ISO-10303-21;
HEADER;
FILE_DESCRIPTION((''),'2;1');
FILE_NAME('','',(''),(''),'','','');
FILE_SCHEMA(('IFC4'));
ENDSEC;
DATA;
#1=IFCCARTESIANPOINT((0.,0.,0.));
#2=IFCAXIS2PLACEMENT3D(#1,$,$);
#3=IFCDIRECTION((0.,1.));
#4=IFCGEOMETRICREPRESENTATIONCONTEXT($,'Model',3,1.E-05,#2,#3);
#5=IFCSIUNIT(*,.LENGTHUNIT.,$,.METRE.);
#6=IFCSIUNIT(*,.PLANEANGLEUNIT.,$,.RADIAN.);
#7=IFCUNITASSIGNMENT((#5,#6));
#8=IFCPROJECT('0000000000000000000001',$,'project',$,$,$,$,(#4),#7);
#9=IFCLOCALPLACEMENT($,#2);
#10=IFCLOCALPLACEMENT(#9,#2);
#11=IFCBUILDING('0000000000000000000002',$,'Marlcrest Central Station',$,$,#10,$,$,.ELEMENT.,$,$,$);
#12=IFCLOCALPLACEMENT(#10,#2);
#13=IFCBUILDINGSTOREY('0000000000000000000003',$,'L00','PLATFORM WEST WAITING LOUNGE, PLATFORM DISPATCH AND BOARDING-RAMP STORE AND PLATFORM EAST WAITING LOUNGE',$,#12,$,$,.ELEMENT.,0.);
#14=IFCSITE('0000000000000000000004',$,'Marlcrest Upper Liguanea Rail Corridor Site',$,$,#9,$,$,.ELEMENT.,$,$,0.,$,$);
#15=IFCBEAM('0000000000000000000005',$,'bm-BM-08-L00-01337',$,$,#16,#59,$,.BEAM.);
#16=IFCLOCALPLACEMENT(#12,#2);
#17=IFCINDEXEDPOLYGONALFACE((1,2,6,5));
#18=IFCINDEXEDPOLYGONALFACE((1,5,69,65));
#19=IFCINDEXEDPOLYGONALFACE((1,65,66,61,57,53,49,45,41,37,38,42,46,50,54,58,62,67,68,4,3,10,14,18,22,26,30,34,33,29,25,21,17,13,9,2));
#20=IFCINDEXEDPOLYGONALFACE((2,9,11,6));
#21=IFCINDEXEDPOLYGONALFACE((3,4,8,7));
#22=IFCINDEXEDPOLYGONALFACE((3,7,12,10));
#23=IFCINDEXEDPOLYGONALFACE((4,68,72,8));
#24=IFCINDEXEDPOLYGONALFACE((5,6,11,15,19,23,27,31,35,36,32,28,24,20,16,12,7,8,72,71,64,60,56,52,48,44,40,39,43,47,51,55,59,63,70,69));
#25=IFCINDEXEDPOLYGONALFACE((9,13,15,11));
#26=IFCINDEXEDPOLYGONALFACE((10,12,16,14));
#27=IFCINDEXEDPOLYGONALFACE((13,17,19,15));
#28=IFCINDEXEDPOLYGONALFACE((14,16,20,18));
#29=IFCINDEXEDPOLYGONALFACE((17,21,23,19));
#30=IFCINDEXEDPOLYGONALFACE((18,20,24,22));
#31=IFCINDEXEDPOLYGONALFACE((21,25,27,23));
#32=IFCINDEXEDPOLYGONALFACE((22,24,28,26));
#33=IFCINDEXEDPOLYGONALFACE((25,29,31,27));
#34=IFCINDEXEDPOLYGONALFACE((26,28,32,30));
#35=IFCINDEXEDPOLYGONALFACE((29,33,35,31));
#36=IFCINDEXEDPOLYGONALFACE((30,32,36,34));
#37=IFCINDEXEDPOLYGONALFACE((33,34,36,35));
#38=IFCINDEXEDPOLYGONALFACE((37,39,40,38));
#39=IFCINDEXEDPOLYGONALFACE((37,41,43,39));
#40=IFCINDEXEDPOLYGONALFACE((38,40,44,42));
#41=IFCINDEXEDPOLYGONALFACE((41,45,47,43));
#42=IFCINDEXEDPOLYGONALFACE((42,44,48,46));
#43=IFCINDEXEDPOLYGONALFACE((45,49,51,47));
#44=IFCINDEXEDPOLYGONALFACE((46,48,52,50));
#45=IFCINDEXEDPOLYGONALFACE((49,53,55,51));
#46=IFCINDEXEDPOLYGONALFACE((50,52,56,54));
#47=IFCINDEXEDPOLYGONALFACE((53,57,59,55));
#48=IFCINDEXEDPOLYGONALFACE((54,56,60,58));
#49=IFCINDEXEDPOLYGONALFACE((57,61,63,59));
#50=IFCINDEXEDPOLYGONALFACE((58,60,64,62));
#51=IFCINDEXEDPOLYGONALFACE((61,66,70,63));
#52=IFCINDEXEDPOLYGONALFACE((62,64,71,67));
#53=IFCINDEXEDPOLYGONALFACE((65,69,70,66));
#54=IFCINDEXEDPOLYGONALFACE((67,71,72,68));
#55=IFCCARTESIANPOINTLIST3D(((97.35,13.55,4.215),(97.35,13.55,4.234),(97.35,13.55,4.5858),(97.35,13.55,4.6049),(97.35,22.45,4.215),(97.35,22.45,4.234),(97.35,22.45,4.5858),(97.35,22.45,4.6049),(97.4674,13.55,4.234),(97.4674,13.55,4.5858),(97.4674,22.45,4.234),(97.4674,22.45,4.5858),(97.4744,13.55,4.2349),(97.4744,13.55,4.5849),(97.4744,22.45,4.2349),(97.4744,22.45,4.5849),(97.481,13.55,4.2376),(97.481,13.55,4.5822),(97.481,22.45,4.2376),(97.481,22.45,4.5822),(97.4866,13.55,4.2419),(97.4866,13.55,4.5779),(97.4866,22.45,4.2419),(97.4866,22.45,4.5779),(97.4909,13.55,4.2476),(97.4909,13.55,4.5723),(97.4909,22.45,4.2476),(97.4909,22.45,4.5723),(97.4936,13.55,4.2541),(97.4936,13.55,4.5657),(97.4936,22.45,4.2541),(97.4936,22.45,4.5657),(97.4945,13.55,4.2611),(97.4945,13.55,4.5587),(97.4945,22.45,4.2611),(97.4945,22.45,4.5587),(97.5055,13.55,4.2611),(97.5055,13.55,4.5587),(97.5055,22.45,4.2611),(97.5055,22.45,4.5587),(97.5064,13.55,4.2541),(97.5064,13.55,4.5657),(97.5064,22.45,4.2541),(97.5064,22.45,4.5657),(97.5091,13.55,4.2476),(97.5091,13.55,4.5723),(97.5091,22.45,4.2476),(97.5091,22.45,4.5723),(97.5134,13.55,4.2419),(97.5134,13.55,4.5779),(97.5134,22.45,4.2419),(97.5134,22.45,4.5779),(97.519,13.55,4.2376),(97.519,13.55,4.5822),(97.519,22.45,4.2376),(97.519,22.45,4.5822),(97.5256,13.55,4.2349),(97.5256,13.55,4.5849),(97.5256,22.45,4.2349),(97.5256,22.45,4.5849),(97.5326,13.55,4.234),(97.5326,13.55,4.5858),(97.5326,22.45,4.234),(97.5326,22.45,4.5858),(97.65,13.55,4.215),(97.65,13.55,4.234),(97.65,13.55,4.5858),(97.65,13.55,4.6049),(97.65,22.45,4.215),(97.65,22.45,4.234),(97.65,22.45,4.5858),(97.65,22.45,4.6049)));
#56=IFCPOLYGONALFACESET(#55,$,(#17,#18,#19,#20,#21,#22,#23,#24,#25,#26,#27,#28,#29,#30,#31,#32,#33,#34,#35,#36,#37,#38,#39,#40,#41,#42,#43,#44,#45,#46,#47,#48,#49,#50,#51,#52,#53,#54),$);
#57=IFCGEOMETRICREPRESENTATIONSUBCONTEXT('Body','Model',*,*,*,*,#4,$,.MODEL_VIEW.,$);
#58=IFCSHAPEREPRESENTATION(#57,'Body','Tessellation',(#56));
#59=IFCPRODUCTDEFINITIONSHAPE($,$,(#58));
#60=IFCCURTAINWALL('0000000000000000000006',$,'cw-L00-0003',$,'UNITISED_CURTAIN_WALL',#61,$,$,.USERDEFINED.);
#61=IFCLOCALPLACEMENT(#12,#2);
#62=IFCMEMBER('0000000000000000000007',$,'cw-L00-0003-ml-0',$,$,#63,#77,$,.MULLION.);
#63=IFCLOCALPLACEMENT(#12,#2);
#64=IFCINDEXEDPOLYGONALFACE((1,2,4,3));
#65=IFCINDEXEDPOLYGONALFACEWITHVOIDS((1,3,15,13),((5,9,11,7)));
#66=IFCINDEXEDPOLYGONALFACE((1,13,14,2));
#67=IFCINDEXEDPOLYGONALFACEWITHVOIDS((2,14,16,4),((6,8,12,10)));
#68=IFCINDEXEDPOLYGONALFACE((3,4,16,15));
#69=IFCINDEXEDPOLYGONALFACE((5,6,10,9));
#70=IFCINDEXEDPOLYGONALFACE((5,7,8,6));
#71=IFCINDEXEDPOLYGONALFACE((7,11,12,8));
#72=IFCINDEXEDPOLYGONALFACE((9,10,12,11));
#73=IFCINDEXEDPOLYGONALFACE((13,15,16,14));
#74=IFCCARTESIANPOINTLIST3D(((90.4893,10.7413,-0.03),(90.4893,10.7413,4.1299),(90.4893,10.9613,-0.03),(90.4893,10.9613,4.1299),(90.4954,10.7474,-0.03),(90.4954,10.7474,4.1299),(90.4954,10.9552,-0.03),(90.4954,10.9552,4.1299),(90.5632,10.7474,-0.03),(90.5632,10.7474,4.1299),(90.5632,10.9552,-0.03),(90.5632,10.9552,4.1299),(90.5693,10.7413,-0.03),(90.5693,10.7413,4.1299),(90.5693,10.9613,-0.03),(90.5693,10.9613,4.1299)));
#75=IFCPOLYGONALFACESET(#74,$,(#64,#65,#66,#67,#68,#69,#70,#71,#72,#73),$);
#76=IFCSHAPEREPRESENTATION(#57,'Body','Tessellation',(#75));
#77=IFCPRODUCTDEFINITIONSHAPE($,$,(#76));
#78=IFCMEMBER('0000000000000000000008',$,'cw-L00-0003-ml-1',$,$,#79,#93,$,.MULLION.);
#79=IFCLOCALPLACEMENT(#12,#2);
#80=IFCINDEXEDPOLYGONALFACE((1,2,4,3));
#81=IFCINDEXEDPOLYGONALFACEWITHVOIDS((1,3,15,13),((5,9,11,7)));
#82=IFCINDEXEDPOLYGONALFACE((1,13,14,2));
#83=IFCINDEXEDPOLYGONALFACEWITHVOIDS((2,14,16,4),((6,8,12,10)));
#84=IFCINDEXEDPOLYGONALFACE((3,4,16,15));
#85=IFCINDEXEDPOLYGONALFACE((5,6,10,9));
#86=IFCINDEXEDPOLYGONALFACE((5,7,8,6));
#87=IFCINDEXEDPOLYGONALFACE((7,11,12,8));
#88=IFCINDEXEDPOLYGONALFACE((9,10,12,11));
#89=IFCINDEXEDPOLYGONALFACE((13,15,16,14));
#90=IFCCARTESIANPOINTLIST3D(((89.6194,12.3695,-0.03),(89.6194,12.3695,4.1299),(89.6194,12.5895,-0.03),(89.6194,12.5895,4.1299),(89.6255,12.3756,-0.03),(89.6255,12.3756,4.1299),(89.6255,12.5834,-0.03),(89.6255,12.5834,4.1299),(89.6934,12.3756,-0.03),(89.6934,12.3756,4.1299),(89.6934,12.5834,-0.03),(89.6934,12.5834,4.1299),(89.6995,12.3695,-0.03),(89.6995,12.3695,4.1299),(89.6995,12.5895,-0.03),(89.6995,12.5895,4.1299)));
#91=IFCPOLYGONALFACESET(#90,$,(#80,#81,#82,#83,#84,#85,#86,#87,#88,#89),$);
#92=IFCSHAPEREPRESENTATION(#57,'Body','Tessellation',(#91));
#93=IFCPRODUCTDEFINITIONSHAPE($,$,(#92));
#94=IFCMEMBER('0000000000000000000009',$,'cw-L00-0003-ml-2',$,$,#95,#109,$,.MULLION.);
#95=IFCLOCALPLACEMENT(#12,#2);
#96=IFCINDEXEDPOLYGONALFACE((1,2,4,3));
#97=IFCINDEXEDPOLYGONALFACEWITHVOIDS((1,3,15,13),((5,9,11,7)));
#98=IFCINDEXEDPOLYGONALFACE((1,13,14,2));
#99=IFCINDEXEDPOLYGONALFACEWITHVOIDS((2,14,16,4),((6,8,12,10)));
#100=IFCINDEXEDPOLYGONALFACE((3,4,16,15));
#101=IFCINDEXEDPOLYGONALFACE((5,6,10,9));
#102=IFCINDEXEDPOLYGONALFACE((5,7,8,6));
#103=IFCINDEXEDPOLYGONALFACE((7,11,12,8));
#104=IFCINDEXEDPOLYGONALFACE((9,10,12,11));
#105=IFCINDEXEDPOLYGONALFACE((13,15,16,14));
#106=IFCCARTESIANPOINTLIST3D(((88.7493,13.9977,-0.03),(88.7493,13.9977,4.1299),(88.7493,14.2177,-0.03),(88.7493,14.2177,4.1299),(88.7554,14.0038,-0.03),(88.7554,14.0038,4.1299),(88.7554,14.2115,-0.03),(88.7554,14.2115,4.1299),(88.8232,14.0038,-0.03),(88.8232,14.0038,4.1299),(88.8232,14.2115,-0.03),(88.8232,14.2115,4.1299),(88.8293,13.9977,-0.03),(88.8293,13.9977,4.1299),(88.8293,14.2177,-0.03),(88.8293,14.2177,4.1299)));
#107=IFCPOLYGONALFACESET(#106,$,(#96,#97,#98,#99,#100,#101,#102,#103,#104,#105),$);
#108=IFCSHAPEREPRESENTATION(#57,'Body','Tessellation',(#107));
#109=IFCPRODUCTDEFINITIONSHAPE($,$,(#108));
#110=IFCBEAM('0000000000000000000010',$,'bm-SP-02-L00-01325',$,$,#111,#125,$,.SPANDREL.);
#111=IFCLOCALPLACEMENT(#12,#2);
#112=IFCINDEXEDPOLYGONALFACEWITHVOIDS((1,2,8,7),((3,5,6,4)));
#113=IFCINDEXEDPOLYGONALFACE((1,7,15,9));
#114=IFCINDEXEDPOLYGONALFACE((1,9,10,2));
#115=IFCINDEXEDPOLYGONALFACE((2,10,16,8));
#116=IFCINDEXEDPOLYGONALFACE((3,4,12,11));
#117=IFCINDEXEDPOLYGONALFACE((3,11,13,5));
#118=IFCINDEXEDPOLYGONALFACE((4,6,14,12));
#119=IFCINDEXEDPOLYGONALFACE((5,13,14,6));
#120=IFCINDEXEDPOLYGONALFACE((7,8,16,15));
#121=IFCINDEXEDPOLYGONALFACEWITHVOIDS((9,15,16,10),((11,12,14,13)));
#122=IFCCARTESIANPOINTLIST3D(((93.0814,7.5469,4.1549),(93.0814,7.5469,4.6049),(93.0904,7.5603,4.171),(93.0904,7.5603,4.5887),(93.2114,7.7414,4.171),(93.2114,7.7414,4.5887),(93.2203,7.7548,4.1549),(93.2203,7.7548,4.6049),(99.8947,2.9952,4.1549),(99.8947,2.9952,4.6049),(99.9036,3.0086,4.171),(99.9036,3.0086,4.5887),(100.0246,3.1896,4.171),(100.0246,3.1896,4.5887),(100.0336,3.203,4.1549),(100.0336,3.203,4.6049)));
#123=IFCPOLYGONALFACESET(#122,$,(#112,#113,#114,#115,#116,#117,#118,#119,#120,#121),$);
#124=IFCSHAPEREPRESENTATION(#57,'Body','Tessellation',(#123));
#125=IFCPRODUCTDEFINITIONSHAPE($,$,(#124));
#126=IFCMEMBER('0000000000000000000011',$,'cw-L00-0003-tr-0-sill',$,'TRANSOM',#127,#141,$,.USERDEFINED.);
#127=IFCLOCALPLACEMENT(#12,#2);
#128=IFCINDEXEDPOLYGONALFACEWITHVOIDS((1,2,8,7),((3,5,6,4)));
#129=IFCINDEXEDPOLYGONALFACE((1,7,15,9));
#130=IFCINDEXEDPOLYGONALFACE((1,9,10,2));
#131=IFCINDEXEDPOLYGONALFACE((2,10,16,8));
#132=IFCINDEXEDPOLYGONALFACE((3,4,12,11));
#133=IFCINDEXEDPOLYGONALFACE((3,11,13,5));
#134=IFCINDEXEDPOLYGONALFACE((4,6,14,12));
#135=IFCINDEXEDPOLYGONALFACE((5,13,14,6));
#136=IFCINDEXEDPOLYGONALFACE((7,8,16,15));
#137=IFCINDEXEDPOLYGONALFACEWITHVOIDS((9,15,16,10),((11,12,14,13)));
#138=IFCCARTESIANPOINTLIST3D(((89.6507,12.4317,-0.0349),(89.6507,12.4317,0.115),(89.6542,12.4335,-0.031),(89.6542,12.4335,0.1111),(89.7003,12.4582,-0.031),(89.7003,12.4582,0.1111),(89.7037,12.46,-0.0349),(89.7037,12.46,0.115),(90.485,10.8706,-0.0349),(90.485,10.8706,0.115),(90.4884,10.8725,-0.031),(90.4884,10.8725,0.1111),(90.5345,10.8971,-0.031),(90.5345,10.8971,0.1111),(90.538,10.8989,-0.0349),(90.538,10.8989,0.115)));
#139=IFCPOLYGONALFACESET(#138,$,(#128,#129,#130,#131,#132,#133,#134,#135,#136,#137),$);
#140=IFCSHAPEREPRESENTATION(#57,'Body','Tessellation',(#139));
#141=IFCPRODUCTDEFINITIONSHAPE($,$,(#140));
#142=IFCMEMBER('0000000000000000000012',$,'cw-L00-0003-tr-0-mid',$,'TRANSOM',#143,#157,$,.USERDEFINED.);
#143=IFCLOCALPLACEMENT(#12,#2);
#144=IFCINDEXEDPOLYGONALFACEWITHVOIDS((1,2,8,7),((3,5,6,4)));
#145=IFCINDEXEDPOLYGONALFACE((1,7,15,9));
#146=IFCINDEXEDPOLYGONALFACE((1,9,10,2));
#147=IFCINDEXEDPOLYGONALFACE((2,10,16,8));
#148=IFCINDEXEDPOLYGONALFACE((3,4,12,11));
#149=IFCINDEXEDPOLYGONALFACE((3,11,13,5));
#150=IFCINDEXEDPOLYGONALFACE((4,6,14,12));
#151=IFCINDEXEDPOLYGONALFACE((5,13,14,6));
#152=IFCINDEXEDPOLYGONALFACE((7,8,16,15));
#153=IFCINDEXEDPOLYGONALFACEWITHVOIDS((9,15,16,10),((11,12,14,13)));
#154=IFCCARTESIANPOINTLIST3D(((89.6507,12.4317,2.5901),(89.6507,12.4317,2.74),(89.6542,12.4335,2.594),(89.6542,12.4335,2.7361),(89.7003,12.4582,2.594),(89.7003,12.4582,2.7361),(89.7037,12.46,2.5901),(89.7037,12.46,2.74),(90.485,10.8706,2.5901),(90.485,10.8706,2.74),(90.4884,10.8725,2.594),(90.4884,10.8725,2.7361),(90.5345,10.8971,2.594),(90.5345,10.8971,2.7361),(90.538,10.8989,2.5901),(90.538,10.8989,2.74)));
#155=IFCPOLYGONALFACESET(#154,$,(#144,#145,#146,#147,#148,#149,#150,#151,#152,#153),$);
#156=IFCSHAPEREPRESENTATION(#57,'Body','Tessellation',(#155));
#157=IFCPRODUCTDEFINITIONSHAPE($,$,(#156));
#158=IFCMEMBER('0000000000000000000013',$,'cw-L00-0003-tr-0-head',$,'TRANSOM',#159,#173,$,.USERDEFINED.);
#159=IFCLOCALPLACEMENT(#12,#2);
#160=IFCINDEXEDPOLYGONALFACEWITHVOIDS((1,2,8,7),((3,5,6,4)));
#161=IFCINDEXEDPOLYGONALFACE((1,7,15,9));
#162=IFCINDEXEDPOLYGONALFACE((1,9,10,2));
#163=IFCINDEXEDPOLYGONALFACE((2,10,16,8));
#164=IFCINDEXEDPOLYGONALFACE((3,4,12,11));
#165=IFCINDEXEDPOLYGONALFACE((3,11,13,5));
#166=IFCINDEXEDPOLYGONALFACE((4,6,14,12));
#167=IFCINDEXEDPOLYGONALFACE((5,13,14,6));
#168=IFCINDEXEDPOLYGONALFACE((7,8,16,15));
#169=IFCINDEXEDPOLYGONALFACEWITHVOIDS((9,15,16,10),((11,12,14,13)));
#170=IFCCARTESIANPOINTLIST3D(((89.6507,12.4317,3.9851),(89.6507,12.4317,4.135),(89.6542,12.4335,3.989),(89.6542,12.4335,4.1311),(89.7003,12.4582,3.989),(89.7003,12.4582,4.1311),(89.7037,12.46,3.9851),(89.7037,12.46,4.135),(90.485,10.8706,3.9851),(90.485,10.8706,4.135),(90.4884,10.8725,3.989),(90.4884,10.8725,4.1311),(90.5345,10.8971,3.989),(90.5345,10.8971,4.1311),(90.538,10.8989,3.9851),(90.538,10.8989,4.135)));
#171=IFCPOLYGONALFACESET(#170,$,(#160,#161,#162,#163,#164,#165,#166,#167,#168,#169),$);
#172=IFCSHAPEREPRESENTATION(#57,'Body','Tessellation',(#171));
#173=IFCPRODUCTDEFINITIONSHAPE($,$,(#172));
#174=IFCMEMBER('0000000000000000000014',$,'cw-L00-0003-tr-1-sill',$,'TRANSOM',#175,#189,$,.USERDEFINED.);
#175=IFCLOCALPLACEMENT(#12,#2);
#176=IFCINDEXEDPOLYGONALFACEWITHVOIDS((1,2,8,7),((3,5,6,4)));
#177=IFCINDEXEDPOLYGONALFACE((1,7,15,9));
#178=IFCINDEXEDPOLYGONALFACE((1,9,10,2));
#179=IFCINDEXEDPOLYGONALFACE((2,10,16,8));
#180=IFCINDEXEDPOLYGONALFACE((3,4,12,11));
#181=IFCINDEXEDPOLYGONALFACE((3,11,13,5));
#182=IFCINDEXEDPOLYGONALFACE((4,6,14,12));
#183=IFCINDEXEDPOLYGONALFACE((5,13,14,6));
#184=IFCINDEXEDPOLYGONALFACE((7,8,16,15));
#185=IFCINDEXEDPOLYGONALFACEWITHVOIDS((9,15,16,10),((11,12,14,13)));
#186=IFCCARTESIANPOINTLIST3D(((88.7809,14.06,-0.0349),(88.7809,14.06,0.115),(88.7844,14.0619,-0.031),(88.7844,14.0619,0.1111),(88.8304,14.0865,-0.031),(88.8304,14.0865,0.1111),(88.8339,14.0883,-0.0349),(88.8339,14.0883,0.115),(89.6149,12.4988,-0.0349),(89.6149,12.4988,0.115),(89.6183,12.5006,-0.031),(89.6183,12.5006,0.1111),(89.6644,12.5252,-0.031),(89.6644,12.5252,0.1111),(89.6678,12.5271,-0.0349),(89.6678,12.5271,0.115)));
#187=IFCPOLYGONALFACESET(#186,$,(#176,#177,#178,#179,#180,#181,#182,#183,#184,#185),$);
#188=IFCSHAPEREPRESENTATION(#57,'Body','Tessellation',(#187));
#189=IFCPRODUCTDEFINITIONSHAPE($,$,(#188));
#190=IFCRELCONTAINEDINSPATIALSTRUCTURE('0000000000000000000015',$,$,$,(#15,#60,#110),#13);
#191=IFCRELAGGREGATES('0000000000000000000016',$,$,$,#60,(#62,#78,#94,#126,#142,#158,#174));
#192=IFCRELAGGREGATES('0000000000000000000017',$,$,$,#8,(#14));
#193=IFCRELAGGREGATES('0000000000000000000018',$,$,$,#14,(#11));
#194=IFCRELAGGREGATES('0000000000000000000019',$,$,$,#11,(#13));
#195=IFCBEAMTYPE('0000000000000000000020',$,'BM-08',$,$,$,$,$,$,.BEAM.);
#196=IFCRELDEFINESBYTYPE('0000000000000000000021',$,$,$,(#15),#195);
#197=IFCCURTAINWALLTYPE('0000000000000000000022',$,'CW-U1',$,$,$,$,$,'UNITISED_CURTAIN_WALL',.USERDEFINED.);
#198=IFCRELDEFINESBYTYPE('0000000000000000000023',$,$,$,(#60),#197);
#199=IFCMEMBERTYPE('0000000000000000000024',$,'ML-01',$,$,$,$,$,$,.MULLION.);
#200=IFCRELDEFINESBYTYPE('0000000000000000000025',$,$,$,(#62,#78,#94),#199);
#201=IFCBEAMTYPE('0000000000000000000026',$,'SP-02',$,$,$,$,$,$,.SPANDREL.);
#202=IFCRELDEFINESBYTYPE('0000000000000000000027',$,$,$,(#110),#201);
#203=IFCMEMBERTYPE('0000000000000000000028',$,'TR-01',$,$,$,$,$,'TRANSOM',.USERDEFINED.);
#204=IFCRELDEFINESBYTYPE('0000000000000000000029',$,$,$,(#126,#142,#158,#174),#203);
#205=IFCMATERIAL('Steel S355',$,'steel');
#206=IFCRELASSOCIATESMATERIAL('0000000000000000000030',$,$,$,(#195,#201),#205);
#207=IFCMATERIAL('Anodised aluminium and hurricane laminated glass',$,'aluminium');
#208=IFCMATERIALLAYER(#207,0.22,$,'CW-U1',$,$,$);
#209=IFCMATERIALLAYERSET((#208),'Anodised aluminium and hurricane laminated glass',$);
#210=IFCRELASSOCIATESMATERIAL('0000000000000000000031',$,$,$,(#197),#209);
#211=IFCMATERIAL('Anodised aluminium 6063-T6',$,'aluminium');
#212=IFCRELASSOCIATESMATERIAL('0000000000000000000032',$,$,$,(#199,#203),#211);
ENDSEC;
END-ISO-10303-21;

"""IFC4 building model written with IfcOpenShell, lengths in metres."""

from ifc_helpers import new_model, si_unit, direction, frame, origin, origin_2d, place, context, subcontext, project, spatial, hollow_rectangle, i_section, extrude, material, layer, layer_set, material_profile, profile_set, type_object, element, aggregate, save


model = new_model("IFC4")

# Units and contexts
model_context = context("Model", 3, precision=1e-05, world=origin(), true_north=direction((0.0, 1.0)))
body_context = subcontext(model_context, "Body", "Model", "MODEL_VIEW")
ifc_project = project(units=[si_unit("LENGTHUNIT", "METRE"), si_unit("PLANEANGLEUNIT", "RADIAN")], contexts=[model_context])

# Site, building, storey
site_placement = place(None, origin())
site = spatial("IfcSite", under=ifc_project, at=site_placement, Name="Marlcrest Upper Liguanea Rail Corridor Site", CompositionType="ELEMENT", RefElevation=0.0)
building_placement = place(site_placement, origin())
building = spatial("IfcBuilding", under=site, at=building_placement, Name="Marlcrest Central Station", CompositionType="ELEMENT")
storey_placement = place(building_placement, origin())
storey = spatial("IfcBuildingStorey", under=building, at=storey_placement, Name="L00", Description="PLATFORM WEST WAITING LOUNGE, PLATFORM DISPATCH AND BOARDING-RAMP STORE AND PLATFORM EAST WAITING LOUNGE", CompositionType="ELEMENT", Elevation=0.0)

# Shared definitions
ifc_material_1 = material(Name="Steel S355", Category="steel")

# Beam
ifc_material_profile_1 = material_profile(ifc_material_1, i_section(OverallWidth=0.3, OverallDepth=0.3899, WebThickness=0.011, FlangeThickness=0.019, FilletRadius=0.0271, at=origin_2d()), Name="HEA 400")
ifc_profile_set_1 = profile_set([ifc_material_profile_1], Name="Steel S355")
beam_type_1 = type_object("IfcBeamType", Name="BM-08", PredefinedType="BEAM", material=ifc_profile_set_1)
beam_1_placement = place(storey_placement, frame((97.5, 13.55, 4.4099), z_axis=(0.0, 1.0, 0.0), x_axis=(-1.0, 0.0, 0.0)))
element("IfcBeam", 1, at=beam_1_placement, inside=storey, type_object=beam_type_1, Name="bm-BM-08-L00-01337", PredefinedType="BEAM", context=body_context, shape_type="SweptSolid", body=[
    extrude(i_section(OverallWidth=0.3, OverallDepth=0.3899, WebThickness=0.011, FlangeThickness=0.019, FilletRadius=0.0271, at=origin_2d()), origin(), (0.0, 0.0, 1.0), 8.8999),
])

# Curtain wall, members
ifc_material_2 = material(Name="Anodised aluminium and hurricane laminated glass", Category="aluminium")
ifc_layer_1 = layer(ifc_material_2, 0.22, Name="CW-U1")
ifc_layer_set_1 = layer_set([ifc_layer_1], Name="Anodised aluminium and hurricane laminated glass")
curtain_wall_type = type_object("IfcCurtainWallType", Name="CW-U1", ElementType="UNITISED_CURTAIN_WALL", PredefinedType="USERDEFINED", material=ifc_layer_set_1)
curtain_wall_placement = place(storey_placement, origin())
curtain_wall = element("IfcCurtainWall", 2, at=curtain_wall_placement, inside=storey, type_object=curtain_wall_type, Name="cw-L00-0003", ObjectType="UNITISED_CURTAIN_WALL", PredefinedType="USERDEFINED")
ifc_material_3 = material(Name="Anodised aluminium 6063-T6", Category="aluminium")
ifc_material_profile_2 = material_profile(ifc_material_3, hollow_rectangle(XDim=0.0801, YDim=0.22, WallThickness=0.0061, at=origin_2d()), Name="AA-RHS 220x80x6")
ifc_profile_set_2 = profile_set([ifc_material_profile_2], Name="Anodised aluminium 6063-T6")
member_type_1 = type_object("IfcMemberType", Name="ML-01", PredefinedType="MULLION", material=ifc_profile_set_2)
member_1_placement = place(storey_placement, frame((90.5293, 10.8513, -0.03), z_axis=(0.0, 0.0, 1.0), x_axis=(1.0, 0.0, 0.0)))
member_1 = element("IfcMember", 3, at=member_1_placement, type_object=member_type_1, Name="cw-L00-0003-ml-0", PredefinedType="MULLION", context=body_context, shape_type="SweptSolid", body=[
    extrude(hollow_rectangle(XDim=0.0801, YDim=0.22, WallThickness=0.0061, at=origin_2d()), origin(), (0.0, 0.0, 1.0), 4.1599),
])
member_2_placement = place(storey_placement, frame((89.6594, 12.4795, -0.03), z_axis=(0.0, 0.0, 1.0), x_axis=(1.0, 0.0, 0.0)))
member_2 = element("IfcMember", 4, at=member_2_placement, type_object=member_type_1, Name="cw-L00-0003-ml-1", PredefinedType="MULLION", context=body_context, shape_type="SweptSolid", body=[
    extrude(hollow_rectangle(XDim=0.0801, YDim=0.22, WallThickness=0.0061, at=origin_2d()), origin(), (0.0, 0.0, 1.0), 4.1599),
])
member_3_placement = place(storey_placement, frame((88.7893, 14.1077, -0.03), z_axis=(0.0, 0.0, 1.0), x_axis=(1.0, 0.0, 0.0)))
member_3 = element("IfcMember", 5, at=member_3_placement, type_object=member_type_1, Name="cw-L00-0003-ml-2", PredefinedType="MULLION", context=body_context, shape_type="SweptSolid", body=[
    extrude(hollow_rectangle(XDim=0.0801, YDim=0.22, WallThickness=0.0061, at=origin_2d()), origin(), (0.0, 0.0, 1.0), 4.1599),
])

# Beam
ifc_material_profile_3 = material_profile(ifc_material_1, hollow_rectangle(XDim=0.25, YDim=0.45, WallThickness=0.0161, at=origin_2d()), Name="RHS 450x250x16")
ifc_profile_set_3 = profile_set([ifc_material_profile_3], Name="Steel S355")
beam_type_2 = type_object("IfcBeamType", Name="SP-02", PredefinedType="SPANDREL", material=ifc_profile_set_3)
beam_2_placement = place(storey_placement, frame((93.1509, 7.6509, 4.3799), z_axis=(0.831509, -0.555511, 0.0), x_axis=(0.555511, 0.831509, 0.0)))
element("IfcBeam", 6, at=beam_2_placement, inside=storey, type_object=beam_type_2, Name="bm-SP-02-L00-01325", PredefinedType="SPANDREL", context=body_context, shape_type="SweptSolid", body=[
    extrude(hollow_rectangle(XDim=0.25, YDim=0.45, WallThickness=0.0161, at=origin_2d()), origin(), (0.0, 0.0, 1.0), 8.1938),
])

# Members
ifc_material_profile_4 = material_profile(ifc_material_3, hollow_rectangle(XDim=0.0601, YDim=0.1499, WallThickness=0.0039, at=origin_2d()), Name="AA-RHS 150x60x4")
ifc_profile_set_4 = profile_set([ifc_material_profile_4], Name="Anodised aluminium 6063-T6")
member_type_2 = type_object("IfcMemberType", Name="TR-01", ElementType="TRANSOM", PredefinedType="USERDEFINED", material=ifc_profile_set_4)
member_4_placement = place(storey_placement, frame((90.5115, 10.8848, 0.04), z_axis=(-0.471325, 0.881959, 0.0), x_axis=(-0.881959, -0.471325, 0.0)))
member_4 = element("IfcMember", 7, at=member_4_placement, type_object=member_type_2, Name="cw-L00-0003-tr-0-sill", ObjectType="TRANSOM", PredefinedType="USERDEFINED", context=body_context, shape_type="SweptSolid", body=[
    extrude(hollow_rectangle(XDim=0.0601, YDim=0.1499, WallThickness=0.0039, at=origin_2d()), origin(), (0.0, 0.0, 1.0), 1.77),
])
member_5_placement = place(storey_placement, frame((90.5115, 10.8848, 2.665), z_axis=(-0.471325, 0.881959, 0.0), x_axis=(-0.881959, -0.471325, 0.0)))
member_5 = element("IfcMember", 8, at=member_5_placement, type_object=member_type_2, Name="cw-L00-0003-tr-0-mid", ObjectType="TRANSOM", PredefinedType="USERDEFINED", context=body_context, shape_type="SweptSolid", body=[
    extrude(hollow_rectangle(XDim=0.0601, YDim=0.1499, WallThickness=0.0039, at=origin_2d()), origin(), (0.0, 0.0, 1.0), 1.77),
])
member_6_placement = place(storey_placement, frame((90.5115, 10.8848, 4.0601), z_axis=(-0.471325, 0.881959, 0.0), x_axis=(-0.881959, -0.471325, 0.0)))
member_6 = element("IfcMember", 9, at=member_6_placement, type_object=member_type_2, Name="cw-L00-0003-tr-0-head", ObjectType="TRANSOM", PredefinedType="USERDEFINED", context=body_context, shape_type="SweptSolid", body=[
    extrude(hollow_rectangle(XDim=0.0601, YDim=0.1499, WallThickness=0.0039, at=origin_2d()), origin(), (0.0, 0.0, 1.0), 1.77),
])
member_7_placement = place(storey_placement, frame((89.6414, 12.5129, 0.04), z_axis=(-0.471161, 0.882047, 0.0), x_axis=(-0.882047, -0.471161, 0.0)))
member_7 = element("IfcMember", 10, at=member_7_placement, type_object=member_type_2, Name="cw-L00-0003-tr-1-sill", ObjectType="TRANSOM", PredefinedType="USERDEFINED", context=body_context, shape_type="SweptSolid", body=[
    extrude(hollow_rectangle(XDim=0.0601, YDim=0.1499, WallThickness=0.0039, at=origin_2d()), origin(), (0.0, 0.0, 1.0), 1.77),
])

aggregate(curtain_wall, [member_1, member_2, member_3, member_4, member_5, member_6, member_7])

save(model, "model.ifc")
